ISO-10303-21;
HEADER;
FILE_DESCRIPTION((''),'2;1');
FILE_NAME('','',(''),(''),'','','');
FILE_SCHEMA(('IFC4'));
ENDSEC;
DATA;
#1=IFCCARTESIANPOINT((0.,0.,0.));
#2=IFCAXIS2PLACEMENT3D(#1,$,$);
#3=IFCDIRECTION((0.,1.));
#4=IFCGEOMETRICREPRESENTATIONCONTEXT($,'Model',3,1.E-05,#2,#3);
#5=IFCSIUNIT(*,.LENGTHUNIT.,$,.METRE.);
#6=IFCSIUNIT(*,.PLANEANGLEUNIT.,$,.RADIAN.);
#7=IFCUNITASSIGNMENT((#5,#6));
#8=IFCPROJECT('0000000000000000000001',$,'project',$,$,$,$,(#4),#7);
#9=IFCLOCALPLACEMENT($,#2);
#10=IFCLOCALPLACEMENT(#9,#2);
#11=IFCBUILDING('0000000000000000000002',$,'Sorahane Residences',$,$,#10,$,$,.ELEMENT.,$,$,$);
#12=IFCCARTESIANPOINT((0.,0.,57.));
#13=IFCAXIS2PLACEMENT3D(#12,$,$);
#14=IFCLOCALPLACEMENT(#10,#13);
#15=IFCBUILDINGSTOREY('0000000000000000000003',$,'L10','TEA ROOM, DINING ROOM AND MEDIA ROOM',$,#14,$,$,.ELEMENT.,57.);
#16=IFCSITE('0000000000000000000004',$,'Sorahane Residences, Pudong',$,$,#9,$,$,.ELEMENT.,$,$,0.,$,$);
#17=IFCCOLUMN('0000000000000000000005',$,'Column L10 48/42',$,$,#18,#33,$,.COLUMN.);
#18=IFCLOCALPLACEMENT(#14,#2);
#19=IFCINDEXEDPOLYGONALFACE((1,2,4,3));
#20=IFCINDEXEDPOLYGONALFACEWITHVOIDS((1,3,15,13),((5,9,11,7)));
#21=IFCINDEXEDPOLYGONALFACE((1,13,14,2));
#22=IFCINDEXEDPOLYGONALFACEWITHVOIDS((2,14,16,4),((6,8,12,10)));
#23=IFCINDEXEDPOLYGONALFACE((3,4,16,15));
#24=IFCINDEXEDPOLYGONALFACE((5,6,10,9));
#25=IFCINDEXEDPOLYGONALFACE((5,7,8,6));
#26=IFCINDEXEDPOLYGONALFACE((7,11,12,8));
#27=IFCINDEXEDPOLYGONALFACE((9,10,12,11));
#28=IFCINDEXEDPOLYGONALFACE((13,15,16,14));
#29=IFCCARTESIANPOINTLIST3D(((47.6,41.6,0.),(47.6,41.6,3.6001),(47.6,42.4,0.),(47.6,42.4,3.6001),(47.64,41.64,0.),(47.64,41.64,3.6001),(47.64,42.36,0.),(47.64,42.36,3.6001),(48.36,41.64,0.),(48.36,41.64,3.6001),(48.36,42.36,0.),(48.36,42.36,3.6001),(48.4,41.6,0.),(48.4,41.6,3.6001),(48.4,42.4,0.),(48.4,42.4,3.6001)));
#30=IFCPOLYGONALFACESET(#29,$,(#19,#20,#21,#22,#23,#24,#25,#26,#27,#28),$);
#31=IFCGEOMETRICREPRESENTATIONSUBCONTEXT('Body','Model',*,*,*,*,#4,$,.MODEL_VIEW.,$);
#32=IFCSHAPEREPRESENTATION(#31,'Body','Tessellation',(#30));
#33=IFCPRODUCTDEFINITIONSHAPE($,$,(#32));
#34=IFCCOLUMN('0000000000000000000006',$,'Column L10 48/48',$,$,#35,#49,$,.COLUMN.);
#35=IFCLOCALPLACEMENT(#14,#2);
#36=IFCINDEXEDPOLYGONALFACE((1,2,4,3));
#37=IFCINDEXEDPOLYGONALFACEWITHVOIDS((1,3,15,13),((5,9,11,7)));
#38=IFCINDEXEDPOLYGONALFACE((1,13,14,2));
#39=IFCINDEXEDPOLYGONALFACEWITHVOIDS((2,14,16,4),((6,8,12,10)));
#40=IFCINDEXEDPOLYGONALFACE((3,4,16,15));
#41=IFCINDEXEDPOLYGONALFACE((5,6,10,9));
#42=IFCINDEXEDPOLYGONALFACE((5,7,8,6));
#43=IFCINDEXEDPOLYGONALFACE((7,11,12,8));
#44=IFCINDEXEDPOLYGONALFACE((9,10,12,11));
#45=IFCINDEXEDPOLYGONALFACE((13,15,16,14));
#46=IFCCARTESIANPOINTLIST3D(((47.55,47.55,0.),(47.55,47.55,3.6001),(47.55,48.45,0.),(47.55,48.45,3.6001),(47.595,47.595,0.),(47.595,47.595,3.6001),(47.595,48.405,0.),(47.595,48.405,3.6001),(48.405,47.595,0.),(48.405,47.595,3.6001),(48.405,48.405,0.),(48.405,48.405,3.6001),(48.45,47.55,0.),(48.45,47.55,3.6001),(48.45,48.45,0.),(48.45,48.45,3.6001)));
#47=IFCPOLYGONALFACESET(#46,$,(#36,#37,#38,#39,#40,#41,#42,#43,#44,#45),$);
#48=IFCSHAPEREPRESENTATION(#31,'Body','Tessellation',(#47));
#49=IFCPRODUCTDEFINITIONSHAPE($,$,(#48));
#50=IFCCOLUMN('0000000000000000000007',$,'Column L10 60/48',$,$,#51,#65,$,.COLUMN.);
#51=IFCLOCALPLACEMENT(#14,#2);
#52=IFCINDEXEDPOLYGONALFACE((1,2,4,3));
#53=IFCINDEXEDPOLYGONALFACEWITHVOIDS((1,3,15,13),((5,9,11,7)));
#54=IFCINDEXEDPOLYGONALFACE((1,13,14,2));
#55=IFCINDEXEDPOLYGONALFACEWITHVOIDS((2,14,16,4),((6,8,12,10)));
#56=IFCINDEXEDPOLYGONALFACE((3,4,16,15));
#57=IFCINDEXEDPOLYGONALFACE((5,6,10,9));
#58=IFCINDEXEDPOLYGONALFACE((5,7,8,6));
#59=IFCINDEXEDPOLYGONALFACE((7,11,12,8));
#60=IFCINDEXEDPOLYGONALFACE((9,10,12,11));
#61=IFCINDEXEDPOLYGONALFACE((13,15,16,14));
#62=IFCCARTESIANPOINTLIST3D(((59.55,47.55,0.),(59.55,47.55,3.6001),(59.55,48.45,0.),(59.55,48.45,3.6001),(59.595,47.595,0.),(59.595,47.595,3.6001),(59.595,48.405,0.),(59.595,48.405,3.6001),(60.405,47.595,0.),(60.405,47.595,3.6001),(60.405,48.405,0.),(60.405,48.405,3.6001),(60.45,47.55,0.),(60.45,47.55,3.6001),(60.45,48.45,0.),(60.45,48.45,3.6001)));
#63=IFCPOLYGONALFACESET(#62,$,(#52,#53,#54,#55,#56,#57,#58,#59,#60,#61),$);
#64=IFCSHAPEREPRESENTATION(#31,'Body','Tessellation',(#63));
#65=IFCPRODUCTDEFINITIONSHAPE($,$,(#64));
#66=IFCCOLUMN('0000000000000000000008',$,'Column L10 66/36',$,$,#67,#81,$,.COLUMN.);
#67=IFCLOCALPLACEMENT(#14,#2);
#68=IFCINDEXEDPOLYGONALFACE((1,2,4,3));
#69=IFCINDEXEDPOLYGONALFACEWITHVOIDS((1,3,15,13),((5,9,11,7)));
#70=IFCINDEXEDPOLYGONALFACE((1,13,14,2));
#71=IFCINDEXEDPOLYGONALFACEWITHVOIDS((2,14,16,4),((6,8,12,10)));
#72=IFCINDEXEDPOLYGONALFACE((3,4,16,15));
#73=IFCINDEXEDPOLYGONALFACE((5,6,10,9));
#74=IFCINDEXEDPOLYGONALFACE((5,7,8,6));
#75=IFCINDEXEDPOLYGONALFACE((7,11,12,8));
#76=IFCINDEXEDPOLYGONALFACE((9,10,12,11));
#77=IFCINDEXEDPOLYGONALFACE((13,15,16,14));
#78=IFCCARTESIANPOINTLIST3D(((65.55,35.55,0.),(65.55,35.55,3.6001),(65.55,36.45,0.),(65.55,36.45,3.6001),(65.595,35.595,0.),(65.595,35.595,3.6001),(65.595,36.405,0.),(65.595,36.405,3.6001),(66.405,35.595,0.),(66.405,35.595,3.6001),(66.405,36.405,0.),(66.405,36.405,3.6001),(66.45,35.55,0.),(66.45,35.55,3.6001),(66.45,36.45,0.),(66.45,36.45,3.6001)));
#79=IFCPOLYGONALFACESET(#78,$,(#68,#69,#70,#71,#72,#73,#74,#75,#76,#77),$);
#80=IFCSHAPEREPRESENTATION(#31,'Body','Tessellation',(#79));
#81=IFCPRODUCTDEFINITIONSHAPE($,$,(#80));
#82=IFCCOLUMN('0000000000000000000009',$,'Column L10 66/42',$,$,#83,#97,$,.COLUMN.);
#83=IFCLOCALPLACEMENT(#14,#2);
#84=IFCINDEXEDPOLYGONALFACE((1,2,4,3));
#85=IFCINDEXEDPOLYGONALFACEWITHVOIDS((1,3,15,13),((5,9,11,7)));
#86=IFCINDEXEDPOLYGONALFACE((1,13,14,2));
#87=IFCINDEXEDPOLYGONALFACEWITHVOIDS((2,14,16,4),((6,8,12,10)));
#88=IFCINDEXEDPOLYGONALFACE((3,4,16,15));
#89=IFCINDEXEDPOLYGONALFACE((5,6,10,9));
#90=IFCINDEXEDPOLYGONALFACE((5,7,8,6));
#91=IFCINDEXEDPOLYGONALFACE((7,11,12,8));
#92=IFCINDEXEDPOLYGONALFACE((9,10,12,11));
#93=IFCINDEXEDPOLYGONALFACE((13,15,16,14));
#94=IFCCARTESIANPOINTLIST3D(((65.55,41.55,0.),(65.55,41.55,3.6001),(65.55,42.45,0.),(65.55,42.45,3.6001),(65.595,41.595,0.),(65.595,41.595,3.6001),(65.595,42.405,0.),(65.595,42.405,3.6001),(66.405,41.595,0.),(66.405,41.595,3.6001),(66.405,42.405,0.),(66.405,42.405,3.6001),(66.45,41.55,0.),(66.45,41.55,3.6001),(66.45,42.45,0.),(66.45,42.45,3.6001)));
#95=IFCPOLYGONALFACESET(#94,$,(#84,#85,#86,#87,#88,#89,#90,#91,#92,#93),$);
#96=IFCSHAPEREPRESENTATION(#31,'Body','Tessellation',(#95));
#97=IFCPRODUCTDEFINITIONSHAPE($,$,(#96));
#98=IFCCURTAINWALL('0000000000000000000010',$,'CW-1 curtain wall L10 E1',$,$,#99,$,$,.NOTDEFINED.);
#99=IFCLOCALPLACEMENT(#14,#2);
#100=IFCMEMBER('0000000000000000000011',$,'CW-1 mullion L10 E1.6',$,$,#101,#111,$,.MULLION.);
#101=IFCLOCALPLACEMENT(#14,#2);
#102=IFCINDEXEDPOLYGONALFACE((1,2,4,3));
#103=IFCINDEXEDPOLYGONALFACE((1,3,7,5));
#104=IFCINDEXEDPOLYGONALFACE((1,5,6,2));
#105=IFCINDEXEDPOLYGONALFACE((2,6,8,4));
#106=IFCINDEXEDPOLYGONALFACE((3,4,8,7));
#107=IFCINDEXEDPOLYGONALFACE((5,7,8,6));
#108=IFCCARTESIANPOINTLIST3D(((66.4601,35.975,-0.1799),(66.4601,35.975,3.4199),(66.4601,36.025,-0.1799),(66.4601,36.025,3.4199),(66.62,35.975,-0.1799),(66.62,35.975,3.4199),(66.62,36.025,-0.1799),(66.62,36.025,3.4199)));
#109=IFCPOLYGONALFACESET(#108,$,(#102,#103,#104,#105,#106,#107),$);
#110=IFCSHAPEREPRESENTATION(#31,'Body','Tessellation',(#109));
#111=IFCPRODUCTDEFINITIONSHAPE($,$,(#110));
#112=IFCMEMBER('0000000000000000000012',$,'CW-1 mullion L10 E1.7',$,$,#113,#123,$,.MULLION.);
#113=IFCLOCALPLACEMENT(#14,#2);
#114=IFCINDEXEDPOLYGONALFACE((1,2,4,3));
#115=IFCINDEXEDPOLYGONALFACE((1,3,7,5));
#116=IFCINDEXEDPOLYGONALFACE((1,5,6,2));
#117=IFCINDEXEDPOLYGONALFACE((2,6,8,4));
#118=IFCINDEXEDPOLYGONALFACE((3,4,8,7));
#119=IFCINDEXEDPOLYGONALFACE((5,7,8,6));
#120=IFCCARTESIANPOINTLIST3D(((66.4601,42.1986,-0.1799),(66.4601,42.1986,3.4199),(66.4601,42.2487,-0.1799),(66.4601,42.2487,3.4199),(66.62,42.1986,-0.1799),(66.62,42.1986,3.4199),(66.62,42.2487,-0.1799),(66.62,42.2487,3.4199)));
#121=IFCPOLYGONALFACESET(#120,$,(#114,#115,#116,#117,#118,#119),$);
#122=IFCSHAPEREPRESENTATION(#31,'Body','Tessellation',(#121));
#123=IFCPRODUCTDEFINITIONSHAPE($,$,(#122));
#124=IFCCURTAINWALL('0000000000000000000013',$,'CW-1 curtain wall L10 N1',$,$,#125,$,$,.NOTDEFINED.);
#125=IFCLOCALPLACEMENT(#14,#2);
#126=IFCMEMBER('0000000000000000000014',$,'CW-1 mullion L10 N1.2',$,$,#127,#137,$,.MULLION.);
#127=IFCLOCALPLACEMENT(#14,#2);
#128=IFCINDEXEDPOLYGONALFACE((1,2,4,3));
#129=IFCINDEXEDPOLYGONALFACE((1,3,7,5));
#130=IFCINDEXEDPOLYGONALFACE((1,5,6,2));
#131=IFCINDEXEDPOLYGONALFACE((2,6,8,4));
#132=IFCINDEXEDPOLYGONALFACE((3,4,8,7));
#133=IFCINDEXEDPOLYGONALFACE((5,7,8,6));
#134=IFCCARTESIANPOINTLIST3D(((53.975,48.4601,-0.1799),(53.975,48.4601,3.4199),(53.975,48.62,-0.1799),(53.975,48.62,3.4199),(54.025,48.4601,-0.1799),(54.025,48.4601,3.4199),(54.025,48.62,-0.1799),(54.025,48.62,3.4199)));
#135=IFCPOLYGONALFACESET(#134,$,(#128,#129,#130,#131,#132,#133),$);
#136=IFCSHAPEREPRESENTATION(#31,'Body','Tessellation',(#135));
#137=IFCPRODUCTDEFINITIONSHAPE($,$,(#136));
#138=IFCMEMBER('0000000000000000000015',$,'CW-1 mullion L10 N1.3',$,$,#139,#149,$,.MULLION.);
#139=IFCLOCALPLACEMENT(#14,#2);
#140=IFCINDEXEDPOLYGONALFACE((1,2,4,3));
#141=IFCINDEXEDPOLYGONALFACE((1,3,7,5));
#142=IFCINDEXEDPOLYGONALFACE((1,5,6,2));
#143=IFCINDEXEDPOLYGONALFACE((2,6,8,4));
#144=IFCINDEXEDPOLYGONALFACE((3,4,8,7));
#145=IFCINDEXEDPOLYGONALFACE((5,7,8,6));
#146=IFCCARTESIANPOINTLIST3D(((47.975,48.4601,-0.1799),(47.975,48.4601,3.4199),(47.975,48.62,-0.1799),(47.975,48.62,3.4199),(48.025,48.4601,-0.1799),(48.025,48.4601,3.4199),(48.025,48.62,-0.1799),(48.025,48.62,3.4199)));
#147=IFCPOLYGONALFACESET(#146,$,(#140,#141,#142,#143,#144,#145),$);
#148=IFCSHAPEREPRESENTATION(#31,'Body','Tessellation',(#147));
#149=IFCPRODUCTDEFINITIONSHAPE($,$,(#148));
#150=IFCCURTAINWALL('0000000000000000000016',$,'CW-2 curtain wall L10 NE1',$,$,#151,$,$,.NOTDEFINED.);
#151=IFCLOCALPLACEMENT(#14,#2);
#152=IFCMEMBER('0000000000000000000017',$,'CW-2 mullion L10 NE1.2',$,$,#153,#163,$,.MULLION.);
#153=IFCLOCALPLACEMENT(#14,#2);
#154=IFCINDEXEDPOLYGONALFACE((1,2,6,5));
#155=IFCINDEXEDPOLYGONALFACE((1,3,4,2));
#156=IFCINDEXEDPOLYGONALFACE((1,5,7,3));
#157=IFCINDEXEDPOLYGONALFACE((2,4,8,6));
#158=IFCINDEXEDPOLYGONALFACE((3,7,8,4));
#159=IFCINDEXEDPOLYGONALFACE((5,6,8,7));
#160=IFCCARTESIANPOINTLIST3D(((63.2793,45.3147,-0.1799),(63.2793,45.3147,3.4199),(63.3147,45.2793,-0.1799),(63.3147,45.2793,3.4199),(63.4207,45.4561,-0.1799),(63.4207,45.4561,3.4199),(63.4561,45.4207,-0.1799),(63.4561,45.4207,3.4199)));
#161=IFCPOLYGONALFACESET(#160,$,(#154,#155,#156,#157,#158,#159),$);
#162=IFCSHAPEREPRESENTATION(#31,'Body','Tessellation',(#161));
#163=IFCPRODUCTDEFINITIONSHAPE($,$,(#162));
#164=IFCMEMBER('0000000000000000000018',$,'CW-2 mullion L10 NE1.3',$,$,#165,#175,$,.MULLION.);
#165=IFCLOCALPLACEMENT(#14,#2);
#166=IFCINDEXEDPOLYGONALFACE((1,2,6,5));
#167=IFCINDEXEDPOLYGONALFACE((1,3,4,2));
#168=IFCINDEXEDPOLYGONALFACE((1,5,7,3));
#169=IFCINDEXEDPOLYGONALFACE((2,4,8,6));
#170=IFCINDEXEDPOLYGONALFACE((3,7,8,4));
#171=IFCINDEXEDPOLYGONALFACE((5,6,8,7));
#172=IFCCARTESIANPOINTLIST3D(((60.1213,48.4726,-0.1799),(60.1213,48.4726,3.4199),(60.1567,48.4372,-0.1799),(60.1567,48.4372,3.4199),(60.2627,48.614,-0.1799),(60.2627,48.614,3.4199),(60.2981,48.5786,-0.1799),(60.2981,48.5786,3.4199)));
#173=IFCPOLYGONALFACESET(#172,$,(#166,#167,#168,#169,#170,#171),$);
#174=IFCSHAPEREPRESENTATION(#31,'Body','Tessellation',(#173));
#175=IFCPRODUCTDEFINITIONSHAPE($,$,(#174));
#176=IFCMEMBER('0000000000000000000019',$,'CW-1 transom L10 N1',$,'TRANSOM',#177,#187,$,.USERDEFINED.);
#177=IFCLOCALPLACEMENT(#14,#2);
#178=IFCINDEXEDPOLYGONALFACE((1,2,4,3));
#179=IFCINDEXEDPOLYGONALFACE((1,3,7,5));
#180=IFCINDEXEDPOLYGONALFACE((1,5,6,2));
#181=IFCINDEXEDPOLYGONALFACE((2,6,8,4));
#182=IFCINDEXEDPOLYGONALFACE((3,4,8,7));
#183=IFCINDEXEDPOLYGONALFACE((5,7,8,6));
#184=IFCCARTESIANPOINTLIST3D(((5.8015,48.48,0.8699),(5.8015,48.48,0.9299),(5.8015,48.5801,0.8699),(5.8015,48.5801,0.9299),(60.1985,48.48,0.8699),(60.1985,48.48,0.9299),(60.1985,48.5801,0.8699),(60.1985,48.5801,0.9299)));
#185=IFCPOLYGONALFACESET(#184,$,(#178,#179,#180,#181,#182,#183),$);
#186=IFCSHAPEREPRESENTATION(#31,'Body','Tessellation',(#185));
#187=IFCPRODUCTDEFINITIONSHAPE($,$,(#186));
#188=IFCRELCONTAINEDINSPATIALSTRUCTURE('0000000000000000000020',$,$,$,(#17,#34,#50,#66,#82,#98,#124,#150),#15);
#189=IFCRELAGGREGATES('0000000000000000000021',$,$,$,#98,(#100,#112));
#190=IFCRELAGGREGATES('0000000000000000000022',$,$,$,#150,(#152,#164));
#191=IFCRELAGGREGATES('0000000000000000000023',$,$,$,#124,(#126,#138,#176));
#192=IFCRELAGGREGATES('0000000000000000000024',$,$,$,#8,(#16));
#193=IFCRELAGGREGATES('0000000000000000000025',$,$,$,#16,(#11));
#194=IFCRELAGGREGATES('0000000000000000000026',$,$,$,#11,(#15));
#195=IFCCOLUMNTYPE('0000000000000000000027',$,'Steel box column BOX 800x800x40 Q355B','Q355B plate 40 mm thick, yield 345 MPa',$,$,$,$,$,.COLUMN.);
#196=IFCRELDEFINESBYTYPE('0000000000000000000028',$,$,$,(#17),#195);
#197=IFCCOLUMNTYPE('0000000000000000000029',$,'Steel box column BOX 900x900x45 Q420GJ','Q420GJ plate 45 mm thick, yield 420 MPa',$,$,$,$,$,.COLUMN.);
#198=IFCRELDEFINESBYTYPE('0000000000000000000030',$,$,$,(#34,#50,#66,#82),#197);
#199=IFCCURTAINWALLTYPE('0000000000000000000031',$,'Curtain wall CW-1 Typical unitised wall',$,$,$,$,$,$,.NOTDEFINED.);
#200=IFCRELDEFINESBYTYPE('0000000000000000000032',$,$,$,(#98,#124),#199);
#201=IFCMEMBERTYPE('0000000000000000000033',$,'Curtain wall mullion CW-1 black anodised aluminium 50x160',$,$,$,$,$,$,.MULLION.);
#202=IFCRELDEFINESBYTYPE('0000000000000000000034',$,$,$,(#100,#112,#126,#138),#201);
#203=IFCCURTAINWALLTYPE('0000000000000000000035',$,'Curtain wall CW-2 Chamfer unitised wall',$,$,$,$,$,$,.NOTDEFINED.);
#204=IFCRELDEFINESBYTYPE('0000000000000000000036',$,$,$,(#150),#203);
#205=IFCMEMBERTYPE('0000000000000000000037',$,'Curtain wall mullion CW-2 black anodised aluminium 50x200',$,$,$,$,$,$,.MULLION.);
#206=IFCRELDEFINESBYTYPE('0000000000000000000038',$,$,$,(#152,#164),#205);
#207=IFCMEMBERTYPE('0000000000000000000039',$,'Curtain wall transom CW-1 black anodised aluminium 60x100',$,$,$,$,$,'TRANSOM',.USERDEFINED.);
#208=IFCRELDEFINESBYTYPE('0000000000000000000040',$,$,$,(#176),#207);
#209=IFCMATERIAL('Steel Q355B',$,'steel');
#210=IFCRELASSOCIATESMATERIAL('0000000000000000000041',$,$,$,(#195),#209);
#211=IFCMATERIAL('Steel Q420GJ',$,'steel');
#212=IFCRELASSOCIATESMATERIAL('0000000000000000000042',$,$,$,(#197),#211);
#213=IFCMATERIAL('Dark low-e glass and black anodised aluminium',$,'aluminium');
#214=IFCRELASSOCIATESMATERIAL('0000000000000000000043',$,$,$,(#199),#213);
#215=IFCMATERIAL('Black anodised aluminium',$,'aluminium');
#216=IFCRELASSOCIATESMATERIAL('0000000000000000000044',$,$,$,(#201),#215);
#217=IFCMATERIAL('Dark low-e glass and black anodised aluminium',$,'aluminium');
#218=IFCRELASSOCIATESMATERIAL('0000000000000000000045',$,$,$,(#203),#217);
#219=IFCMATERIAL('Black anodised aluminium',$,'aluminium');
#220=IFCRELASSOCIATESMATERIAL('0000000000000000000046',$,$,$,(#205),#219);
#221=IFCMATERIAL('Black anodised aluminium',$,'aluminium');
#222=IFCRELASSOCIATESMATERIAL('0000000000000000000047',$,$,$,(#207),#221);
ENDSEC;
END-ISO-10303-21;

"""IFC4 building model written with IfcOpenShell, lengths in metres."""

from ifc_helpers import new_model, si_unit, direction, frame, origin, origin_2d, place, context, subcontext, project, spatial, rectangle, hollow_rectangle, extrude, material, material_profile, profile_set, type_object, element, aggregate, save


model = new_model("IFC4")

# Units and contexts
model_context = context("Model", 3, precision=1e-05, world=origin(), true_north=direction((0.0, 1.0)))
body_context = subcontext(model_context, "Body", "Model", "MODEL_VIEW")
ifc_project = project(units=[si_unit("LENGTHUNIT", "METRE"), si_unit("PLANEANGLEUNIT", "RADIAN")], contexts=[model_context])

# Site, building, storey
site_placement = place(None, origin())
site = spatial("IfcSite", under=ifc_project, at=site_placement, Name="Sorahane Residences, Pudong", CompositionType="ELEMENT", RefElevation=0.0)
building_placement = place(site_placement, origin())
building = spatial("IfcBuilding", under=site, at=building_placement, Name="Sorahane Residences", CompositionType="ELEMENT")
storey_placement = place(building_placement, frame((0.0, 0.0, 57.0)))
storey = spatial("IfcBuildingStorey", under=building, at=storey_placement, Name="L10", Description="TEA ROOM, DINING ROOM AND MEDIA ROOM", CompositionType="ELEMENT", Elevation=57.0)

# Columns
ifc_material_1 = material(Name="Steel Q355B", Category="steel")
ifc_material_profile_1 = material_profile(ifc_material_1, hollow_rectangle(XDim=0.8, YDim=0.8, WallThickness=0.04, at=origin_2d()), Name="BOX 800x800x40")
ifc_profile_set_1 = profile_set([ifc_material_profile_1], Name="Steel Q355B")
column_type_1 = type_object("IfcColumnType", Name="Steel box column BOX 800x800x40 Q355B", Description="Q355B plate 40 mm thick, yield 345 MPa", PredefinedType="COLUMN", material=ifc_profile_set_1)
column_placement = place(storey_placement, frame((48.0, 42.0, 0.0), z_axis=(0.0, 0.0, 1.0), x_axis=(1.0, 0.0, 0.0)))
element("IfcColumn", 1, at=column_placement, inside=storey, type_object=column_type_1, Name="Column L10 48/42", PredefinedType="COLUMN", context=body_context, shape_type="SweptSolid", body=[
    extrude(hollow_rectangle(XDim=0.8, YDim=0.8, WallThickness=0.04, at=origin_2d()), origin(), (0.0, 0.0, 1.0), 3.6001),
])
ifc_material_2 = material(Name="Steel Q420GJ", Category="steel")
ifc_material_profile_2 = material_profile(ifc_material_2, hollow_rectangle(XDim=0.8999, YDim=0.8999, WallThickness=0.0449, at=origin_2d()), Name="BOX 900x900x45")
ifc_profile_set_2 = profile_set([ifc_material_profile_2], Name="Steel Q420GJ")
column_type_2 = type_object("IfcColumnType", Name="Steel box column BOX 900x900x45 Q420GJ", Description="Q420GJ plate 45 mm thick, yield 420 MPa", PredefinedType="COLUMN", material=ifc_profile_set_2)
for number, where, z_axis, x_axis, name in (
    (2, (48.0, 48.0, 0.0), (0.0, 0.0, 1.0), (1.0, 0.0, 0.0), "Column L10 48/48"),
    (3, (60.0, 48.0, 0.0), (0.0, 0.0, 1.0), (1.0, 0.0, 0.0), "Column L10 60/48"),
    (4, (66.0, 36.0, 0.0), (0.0, 0.0, 1.0), (1.0, 0.0, 0.0), "Column L10 66/36"),
    (5, (66.0, 42.0, 0.0), (0.0, 0.0, 1.0), (1.0, 0.0, 0.0), "Column L10 66/42"),
):
    element("IfcColumn", number, at=place(storey_placement, frame(where, z_axis=z_axis, x_axis=x_axis)), inside=storey, type_object=column_type_2, Name=name, PredefinedType="COLUMN", context=body_context, shape_type="SweptSolid", body=[
        extrude(hollow_rectangle(XDim=0.8999, YDim=0.8999, WallThickness=0.0449, at=origin_2d()), origin(), (0.0, 0.0, 1.0), 3.6001),
    ])

# Curtain walls, members
ifc_material_3 = material(Name="Dark low-e glass and black anodised aluminium", Category="aluminium")
curtain_wall_type_1 = type_object("IfcCurtainWallType", Name="Curtain wall CW-1 Typical unitised wall", PredefinedType="NOTDEFINED", material=ifc_material_3)
curtain_wall_1_placement = place(storey_placement, origin())
curtain_wall_1 = element("IfcCurtainWall", 6, at=curtain_wall_1_placement, inside=storey, type_object=curtain_wall_type_1, Name="CW-1 curtain wall L10 E1", PredefinedType="NOTDEFINED")
ifc_material_4 = material(Name="Black anodised aluminium", Category="aluminium")
ifc_material_profile_3 = material_profile(ifc_material_4, rectangle(XDim=0.1599, YDim=0.05, at=origin_2d()), Name="Curtain wall mullion CW-1 black anodised aluminium 50x160")
ifc_profile_set_3 = profile_set([ifc_material_profile_3], Name="Black anodised aluminium")
member_type_1 = type_object("IfcMemberType", Name="Curtain wall mullion CW-1 black anodised aluminium 50x160", PredefinedType="MULLION", material=ifc_profile_set_3)
member_1_placement = place(storey_placement, frame((66.54, 36.0, -0.1799), z_axis=(0.0, 0.0, 1.0), x_axis=(1.0, 0.0, 0.0)))
member_1 = element("IfcMember", 7, at=member_1_placement, type_object=member_type_1, Name="CW-1 mullion L10 E1.6", PredefinedType="MULLION", context=body_context, shape_type="SweptSolid", body=[
    extrude(rectangle(XDim=0.1599, YDim=0.05, at=origin_2d()), origin(), (0.0, 0.0, 1.0), 3.5999),
])
member_2_placement = place(storey_placement, frame((66.54, 42.2236, -0.1799), z_axis=(0.0, 0.0, 1.0), x_axis=(1.0, 0.0, 0.0)))
member_2 = element("IfcMember", 8, at=member_2_placement, type_object=member_type_1, Name="CW-1 mullion L10 E1.7", PredefinedType="MULLION", context=body_context, shape_type="SweptSolid", body=[
    extrude(rectangle(XDim=0.1599, YDim=0.05, at=origin_2d()), origin(), (0.0, 0.0, 1.0), 3.5999),
])
curtain_wall_2_placement = place(storey_placement, origin())
curtain_wall_2 = element("IfcCurtainWall", 9, at=curtain_wall_2_placement, inside=storey, type_object=curtain_wall_type_1, Name="CW-1 curtain wall L10 N1", PredefinedType="NOTDEFINED")
member_3_placement = place(storey_placement, frame((54.0, 48.54, -0.1799), z_axis=(0.0, 0.0, 1.0), x_axis=(0.0, 1.0, 0.0)))
member_3 = element("IfcMember", 10, at=member_3_placement, type_object=member_type_1, Name="CW-1 mullion L10 N1.2", PredefinedType="MULLION", context=body_context, shape_type="SweptSolid", body=[
    extrude(rectangle(XDim=0.1599, YDim=0.05, at=origin_2d()), origin(), (0.0, 0.0, 1.0), 3.5999),
])
member_4_placement = place(storey_placement, frame((48.0, 48.54, -0.1799), z_axis=(0.0, 0.0, 1.0), x_axis=(0.0, 1.0, 0.0)))
member_4 = element("IfcMember", 11, at=member_4_placement, type_object=member_type_1, Name="CW-1 mullion L10 N1.3", PredefinedType="MULLION", context=body_context, shape_type="SweptSolid", body=[
    extrude(rectangle(XDim=0.1599, YDim=0.05, at=origin_2d()), origin(), (0.0, 0.0, 1.0), 3.5999),
])
ifc_material_5 = material(Name="Dark low-e glass and black anodised aluminium", Category="aluminium")
curtain_wall_type_2 = type_object("IfcCurtainWallType", Name="Curtain wall CW-2 Chamfer unitised wall", PredefinedType="NOTDEFINED", material=ifc_material_5)
curtain_wall_3_placement = place(storey_placement, origin())
curtain_wall_3 = element("IfcCurtainWall", 12, at=curtain_wall_3_placement, inside=storey, type_object=curtain_wall_type_2, Name="CW-2 curtain wall L10 NE1", PredefinedType="NOTDEFINED")
ifc_material_6 = material(Name="Black anodised aluminium", Category="aluminium")
ifc_material_profile_4 = material_profile(ifc_material_6, rectangle(XDim=0.2, YDim=0.05, at=origin_2d()), Name="Curtain wall mullion CW-2 black anodised aluminium 50x200")
ifc_profile_set_4 = profile_set([ifc_material_profile_4], Name="Black anodised aluminium")
member_type_2 = type_object("IfcMemberType", Name="Curtain wall mullion CW-2 black anodised aluminium 50x200", PredefinedType="MULLION", material=ifc_profile_set_4)
member_5_placement = place(storey_placement, frame((63.3677, 45.3677, -0.1799), z_axis=(0.0, 0.0, 1.0), x_axis=(0.707107, 0.707107, 0.0)))
member_5 = element("IfcMember", 13, at=member_5_placement, type_object=member_type_2, Name="CW-2 mullion L10 NE1.2", PredefinedType="MULLION", context=body_context, shape_type="SweptSolid", body=[
    extrude(rectangle(XDim=0.2, YDim=0.05, at=origin_2d()), origin(), (0.0, 0.0, 1.0), 3.5999),
])
member_6_placement = place(storey_placement, frame((60.2097, 48.5256, -0.1799), z_axis=(0.0, 0.0, 1.0), x_axis=(0.707107, 0.707107, 0.0)))
member_6 = element("IfcMember", 14, at=member_6_placement, type_object=member_type_2, Name="CW-2 mullion L10 NE1.3", PredefinedType="MULLION", context=body_context, shape_type="SweptSolid", body=[
    extrude(rectangle(XDim=0.2, YDim=0.05, at=origin_2d()), origin(), (0.0, 0.0, 1.0), 3.5999),
])

# Member
ifc_material_7 = material(Name="Black anodised aluminium", Category="aluminium")
ifc_material_profile_5 = material_profile(ifc_material_7, rectangle(XDim=0.1001, YDim=0.0601, at=origin_2d()), Name="Curtain wall transom CW-1 black anodised aluminium 60x100")
ifc_profile_set_5 = profile_set([ifc_material_profile_5], Name="Black anodised aluminium")
member_type_3 = type_object("IfcMemberType", Name="Curtain wall transom CW-1 black anodised aluminium 60x100", ElementType="TRANSOM", PredefinedType="USERDEFINED", material=ifc_profile_set_5)
member_7_placement = place(storey_placement, frame((60.1985, 48.53, 0.8999), z_axis=(-1.0, 0.0, 0.0), x_axis=(0.0, -1.0, 0.0)))
member_7 = element("IfcMember", 15, at=member_7_placement, type_object=member_type_3, Name="CW-1 transom L10 N1", ObjectType="TRANSOM", PredefinedType="USERDEFINED", context=body_context, shape_type="SweptSolid", body=[
    extrude(rectangle(XDim=0.1001, YDim=0.0601, at=origin_2d()), origin(), (0.0, 0.0, 1.0), 54.397),
])

aggregate(curtain_wall_1, [member_1, member_2])
aggregate(curtain_wall_3, [member_5, member_6])
aggregate(curtain_wall_2, [member_3, member_4, member_7])

save(model, "model.ifc")
